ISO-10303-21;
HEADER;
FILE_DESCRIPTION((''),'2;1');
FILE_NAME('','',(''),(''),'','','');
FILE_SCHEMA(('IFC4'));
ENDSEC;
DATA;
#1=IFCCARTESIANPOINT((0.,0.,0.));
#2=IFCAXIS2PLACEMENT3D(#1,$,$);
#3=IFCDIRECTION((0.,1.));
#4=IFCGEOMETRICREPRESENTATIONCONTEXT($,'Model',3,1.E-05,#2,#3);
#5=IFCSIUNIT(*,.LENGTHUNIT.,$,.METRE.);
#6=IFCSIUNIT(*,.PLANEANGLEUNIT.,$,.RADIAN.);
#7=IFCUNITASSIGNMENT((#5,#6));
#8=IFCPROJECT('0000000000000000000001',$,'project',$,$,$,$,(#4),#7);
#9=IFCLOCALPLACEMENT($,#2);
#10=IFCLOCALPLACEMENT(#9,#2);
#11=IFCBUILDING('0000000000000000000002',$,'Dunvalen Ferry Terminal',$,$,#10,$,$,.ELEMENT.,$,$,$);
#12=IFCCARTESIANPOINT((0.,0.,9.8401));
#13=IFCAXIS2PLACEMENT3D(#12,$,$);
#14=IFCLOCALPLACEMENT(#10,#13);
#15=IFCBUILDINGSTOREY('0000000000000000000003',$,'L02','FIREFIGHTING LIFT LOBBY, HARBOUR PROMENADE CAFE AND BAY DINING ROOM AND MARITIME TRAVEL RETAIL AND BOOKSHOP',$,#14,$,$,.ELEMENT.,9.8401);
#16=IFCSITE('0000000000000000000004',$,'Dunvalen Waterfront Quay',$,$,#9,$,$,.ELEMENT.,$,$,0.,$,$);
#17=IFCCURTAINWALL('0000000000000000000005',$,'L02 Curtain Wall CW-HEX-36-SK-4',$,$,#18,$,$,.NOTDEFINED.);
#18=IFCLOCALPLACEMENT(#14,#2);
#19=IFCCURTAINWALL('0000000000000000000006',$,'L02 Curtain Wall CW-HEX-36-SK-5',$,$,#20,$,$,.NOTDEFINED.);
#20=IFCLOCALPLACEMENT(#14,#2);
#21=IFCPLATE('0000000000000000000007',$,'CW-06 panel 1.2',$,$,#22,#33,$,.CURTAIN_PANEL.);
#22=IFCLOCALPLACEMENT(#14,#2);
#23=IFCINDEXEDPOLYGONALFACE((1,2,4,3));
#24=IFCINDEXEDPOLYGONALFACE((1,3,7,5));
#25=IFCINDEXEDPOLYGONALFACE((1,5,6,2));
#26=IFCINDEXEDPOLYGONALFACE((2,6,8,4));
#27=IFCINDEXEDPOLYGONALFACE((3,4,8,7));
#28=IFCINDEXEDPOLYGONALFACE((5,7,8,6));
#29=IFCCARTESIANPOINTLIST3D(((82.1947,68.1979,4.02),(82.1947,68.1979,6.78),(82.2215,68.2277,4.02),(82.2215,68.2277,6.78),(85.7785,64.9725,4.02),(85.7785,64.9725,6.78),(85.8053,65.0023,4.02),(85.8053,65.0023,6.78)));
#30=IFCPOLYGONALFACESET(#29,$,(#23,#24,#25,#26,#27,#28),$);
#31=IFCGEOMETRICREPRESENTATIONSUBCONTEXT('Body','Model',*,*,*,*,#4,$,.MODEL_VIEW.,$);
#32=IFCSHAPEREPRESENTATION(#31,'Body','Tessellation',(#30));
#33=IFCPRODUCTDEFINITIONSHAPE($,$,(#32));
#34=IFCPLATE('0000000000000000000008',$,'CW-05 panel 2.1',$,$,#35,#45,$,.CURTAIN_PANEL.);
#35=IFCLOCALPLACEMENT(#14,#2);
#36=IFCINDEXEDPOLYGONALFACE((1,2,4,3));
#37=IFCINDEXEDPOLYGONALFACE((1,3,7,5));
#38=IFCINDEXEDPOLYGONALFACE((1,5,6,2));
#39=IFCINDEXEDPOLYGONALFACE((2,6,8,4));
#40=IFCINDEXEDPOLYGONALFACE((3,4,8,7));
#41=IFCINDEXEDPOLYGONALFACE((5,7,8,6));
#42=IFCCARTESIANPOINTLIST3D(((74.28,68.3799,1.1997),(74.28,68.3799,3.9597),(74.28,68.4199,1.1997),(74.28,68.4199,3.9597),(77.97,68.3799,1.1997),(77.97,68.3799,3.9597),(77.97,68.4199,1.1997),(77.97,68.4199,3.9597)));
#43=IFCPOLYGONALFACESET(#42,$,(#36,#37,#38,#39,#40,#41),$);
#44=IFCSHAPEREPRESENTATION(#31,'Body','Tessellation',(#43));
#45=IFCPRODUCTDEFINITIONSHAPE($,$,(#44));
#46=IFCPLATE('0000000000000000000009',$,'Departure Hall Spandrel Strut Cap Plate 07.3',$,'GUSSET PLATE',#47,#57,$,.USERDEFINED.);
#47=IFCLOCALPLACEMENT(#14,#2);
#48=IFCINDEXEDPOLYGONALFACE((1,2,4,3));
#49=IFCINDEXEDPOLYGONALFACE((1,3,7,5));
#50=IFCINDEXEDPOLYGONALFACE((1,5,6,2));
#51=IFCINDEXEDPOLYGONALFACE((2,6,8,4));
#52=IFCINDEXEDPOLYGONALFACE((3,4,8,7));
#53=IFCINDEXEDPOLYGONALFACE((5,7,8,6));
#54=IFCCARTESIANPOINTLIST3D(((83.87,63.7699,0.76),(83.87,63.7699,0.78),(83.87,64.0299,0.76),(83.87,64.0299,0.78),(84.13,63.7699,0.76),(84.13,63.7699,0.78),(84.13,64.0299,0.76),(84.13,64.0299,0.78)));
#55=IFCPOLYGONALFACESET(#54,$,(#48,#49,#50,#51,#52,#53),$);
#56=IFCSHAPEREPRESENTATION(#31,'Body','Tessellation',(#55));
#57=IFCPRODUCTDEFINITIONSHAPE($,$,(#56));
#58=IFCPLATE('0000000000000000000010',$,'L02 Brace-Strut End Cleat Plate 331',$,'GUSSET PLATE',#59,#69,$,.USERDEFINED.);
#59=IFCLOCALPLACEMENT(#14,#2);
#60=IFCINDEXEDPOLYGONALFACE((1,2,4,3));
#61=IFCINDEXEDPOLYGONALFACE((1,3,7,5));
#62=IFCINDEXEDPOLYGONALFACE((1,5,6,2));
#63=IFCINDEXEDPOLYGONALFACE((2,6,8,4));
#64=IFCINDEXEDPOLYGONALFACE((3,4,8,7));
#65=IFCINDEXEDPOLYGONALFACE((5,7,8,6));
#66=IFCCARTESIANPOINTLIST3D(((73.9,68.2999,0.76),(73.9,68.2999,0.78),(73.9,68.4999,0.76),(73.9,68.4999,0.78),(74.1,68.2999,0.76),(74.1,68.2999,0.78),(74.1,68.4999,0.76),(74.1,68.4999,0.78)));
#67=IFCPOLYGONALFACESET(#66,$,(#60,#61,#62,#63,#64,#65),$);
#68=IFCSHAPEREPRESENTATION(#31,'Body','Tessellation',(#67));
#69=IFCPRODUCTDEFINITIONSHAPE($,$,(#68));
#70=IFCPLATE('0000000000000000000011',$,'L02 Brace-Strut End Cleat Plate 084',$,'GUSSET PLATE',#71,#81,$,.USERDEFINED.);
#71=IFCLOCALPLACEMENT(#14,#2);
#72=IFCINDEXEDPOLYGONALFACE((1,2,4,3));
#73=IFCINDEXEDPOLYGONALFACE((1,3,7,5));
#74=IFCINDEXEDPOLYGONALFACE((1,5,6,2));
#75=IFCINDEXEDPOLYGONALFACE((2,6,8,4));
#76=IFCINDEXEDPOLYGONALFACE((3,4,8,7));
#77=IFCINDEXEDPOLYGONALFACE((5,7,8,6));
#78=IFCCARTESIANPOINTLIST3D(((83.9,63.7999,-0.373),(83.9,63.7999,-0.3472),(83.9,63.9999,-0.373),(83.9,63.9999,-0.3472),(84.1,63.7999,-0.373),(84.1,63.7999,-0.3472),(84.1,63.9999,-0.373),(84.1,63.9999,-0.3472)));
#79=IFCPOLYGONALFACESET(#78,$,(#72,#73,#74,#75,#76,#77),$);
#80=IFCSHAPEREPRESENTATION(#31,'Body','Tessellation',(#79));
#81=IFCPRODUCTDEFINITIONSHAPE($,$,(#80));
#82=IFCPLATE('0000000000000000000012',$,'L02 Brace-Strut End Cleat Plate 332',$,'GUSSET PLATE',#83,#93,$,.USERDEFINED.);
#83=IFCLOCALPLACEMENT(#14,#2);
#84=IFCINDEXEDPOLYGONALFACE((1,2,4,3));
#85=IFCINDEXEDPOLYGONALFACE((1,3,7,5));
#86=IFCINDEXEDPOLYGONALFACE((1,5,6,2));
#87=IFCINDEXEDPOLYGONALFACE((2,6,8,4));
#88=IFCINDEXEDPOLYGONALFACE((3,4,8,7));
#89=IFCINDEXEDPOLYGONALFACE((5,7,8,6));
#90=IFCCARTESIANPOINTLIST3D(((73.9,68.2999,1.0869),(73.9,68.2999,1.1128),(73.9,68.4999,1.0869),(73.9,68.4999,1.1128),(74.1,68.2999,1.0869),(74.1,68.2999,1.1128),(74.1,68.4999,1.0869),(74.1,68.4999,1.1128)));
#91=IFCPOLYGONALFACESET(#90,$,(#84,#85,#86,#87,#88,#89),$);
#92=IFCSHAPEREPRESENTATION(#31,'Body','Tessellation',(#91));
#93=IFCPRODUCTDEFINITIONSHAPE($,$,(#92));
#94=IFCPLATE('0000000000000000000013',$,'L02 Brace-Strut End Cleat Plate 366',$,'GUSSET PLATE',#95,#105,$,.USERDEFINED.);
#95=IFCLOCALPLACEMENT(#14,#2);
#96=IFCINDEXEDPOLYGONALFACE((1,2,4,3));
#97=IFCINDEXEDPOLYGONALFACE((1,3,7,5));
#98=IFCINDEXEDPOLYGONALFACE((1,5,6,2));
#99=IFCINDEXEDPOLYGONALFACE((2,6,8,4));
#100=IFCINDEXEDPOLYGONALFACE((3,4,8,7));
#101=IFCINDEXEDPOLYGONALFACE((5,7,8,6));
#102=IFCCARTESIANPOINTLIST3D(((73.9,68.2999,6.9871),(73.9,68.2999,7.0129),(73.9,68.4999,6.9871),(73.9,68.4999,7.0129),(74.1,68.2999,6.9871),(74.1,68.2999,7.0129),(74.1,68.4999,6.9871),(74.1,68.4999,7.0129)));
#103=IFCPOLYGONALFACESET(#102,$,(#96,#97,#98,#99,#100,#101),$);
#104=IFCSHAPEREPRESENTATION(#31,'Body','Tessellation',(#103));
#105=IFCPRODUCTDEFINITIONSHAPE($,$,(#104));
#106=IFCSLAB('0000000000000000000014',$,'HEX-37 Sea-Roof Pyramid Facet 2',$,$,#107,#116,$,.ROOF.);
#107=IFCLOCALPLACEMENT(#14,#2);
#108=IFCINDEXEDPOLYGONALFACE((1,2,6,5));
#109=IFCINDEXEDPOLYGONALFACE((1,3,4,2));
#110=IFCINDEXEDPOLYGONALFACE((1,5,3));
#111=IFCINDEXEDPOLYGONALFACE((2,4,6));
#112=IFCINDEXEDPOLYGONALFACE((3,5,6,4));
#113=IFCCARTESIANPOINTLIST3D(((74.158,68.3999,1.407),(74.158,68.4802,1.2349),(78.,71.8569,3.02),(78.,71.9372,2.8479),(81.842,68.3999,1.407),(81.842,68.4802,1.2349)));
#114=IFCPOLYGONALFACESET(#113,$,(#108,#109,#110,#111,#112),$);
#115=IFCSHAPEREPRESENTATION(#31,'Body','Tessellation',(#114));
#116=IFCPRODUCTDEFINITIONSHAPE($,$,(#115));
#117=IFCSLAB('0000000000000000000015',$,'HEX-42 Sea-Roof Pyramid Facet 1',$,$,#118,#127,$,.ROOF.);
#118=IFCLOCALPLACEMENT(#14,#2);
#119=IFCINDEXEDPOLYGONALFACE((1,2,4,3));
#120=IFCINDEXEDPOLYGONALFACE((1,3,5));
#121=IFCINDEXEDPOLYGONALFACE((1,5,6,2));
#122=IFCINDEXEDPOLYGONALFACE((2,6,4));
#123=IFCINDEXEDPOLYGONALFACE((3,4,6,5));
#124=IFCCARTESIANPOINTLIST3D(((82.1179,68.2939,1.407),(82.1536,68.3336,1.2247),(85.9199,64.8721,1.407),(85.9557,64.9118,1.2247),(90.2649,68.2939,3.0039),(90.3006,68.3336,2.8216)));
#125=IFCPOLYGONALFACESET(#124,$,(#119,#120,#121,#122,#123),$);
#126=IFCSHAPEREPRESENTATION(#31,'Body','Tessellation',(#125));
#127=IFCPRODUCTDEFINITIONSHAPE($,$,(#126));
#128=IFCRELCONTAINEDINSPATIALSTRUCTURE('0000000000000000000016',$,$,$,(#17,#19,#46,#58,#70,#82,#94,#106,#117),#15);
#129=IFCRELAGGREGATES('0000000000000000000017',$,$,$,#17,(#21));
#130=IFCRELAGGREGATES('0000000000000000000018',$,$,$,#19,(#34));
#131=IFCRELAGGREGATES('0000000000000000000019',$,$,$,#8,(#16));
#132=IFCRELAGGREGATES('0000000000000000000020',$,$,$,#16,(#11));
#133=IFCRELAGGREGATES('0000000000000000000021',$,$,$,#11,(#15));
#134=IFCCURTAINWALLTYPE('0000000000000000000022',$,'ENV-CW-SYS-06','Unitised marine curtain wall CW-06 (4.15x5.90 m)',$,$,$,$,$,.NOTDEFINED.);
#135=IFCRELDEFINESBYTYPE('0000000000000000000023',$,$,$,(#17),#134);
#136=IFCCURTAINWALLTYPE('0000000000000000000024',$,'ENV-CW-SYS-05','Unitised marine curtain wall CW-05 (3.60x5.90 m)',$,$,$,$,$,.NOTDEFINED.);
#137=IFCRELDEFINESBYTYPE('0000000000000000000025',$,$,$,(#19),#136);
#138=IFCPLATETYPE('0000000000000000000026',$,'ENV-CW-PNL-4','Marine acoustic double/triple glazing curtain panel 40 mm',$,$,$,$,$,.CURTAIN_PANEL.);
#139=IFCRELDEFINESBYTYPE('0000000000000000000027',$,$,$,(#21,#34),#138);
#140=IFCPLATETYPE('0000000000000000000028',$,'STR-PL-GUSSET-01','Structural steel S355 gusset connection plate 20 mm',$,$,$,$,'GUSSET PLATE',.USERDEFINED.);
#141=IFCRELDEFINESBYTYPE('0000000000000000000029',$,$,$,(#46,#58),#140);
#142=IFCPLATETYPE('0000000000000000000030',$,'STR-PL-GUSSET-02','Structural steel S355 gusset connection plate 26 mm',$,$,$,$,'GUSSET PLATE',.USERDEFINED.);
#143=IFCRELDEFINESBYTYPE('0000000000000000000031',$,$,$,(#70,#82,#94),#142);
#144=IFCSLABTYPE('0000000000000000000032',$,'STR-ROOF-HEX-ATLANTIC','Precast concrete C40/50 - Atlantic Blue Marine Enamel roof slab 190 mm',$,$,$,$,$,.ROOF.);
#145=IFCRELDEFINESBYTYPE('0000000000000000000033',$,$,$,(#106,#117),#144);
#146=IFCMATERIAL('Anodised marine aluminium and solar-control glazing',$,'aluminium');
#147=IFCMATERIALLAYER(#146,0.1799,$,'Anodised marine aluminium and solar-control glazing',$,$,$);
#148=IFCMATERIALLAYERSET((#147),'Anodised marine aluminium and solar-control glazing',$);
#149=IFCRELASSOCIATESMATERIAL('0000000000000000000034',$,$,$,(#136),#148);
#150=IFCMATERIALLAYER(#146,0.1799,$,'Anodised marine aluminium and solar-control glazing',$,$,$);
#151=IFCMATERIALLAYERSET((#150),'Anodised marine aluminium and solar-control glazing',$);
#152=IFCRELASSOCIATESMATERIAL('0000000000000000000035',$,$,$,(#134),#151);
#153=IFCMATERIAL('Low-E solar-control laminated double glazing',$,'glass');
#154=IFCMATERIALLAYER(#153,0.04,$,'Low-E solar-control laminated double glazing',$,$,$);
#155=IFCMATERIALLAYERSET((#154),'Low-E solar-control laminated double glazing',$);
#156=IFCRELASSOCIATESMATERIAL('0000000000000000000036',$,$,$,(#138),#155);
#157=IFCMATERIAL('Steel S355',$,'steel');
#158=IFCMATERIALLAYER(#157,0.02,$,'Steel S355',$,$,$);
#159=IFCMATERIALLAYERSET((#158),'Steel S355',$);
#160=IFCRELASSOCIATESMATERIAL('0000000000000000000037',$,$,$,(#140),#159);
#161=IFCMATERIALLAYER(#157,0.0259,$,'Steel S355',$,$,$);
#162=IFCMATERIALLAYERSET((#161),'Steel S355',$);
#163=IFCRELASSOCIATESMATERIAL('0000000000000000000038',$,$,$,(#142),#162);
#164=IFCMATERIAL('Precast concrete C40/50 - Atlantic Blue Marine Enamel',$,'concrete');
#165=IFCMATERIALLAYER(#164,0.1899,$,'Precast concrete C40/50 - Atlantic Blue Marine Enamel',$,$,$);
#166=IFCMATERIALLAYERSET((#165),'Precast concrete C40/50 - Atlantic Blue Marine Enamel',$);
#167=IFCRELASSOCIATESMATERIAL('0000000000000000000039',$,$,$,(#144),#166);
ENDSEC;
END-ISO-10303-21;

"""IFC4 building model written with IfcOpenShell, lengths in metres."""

from ifc_helpers import new_model, si_unit, direction, frame, origin, origin_2d, place, context, subcontext, project, spatial, polyline, rectangle, outline, extrude, material, layer, layer_set, type_object, element, aggregate, save


model = new_model("IFC4")

# Units and contexts
model_context = context("Model", 3, precision=1e-05, world=origin(), true_north=direction((0.0, 1.0)))
body_context = subcontext(model_context, "Body", "Model", "MODEL_VIEW")
ifc_project = project(units=[si_unit("LENGTHUNIT", "METRE"), si_unit("PLANEANGLEUNIT", "RADIAN")], contexts=[model_context])

# Site, building, storey
site_placement = place(None, origin())
site = spatial("IfcSite", under=ifc_project, at=site_placement, Name="Dunvalen Waterfront Quay", CompositionType="ELEMENT", RefElevation=0.0)
building_placement = place(site_placement, origin())
building = spatial("IfcBuilding", under=site, at=building_placement, Name="Dunvalen Ferry Terminal", CompositionType="ELEMENT")
storey_placement = place(building_placement, frame((0.0, 0.0, 9.8401)))
storey = spatial("IfcBuildingStorey", under=building, at=storey_placement, Name="L02", Description="FIREFIGHTING LIFT LOBBY, HARBOUR PROMENADE CAFE AND BAY DINING ROOM AND MARITIME TRAVEL RETAIL AND BOOKSHOP", CompositionType="ELEMENT", Elevation=9.8401)

# Curtain walls
ifc_material_1 = material(Name="Anodised marine aluminium and solar-control glazing", Category="aluminium")
ifc_layer_1 = layer(ifc_material_1, 0.1799, Name="Anodised marine aluminium and solar-control glazing")
ifc_layer_set_1 = layer_set([ifc_layer_1], Name="Anodised marine aluminium and solar-control glazing")
curtain_wall_type_1 = type_object("IfcCurtainWallType", Name="ENV-CW-SYS-05", Description="Unitised marine curtain wall CW-05 (3.60x5.90 m)", PredefinedType="NOTDEFINED", material=ifc_layer_set_1)
ifc_layer_2 = layer(ifc_material_1, 0.1799, Name="Anodised marine aluminium and solar-control glazing")
ifc_layer_set_2 = layer_set([ifc_layer_2], Name="Anodised marine aluminium and solar-control glazing")
curtain_wall_type_2 = type_object("IfcCurtainWallType", Name="ENV-CW-SYS-06", Description="Unitised marine curtain wall CW-06 (4.15x5.90 m)", PredefinedType="NOTDEFINED", material=ifc_layer_set_2)
curtain_wall_1_placement = place(storey_placement, origin())
curtain_wall_1 = element("IfcCurtainWall", 1, at=curtain_wall_1_placement, inside=storey, type_object=curtain_wall_type_2, Name="L02 Curtain Wall CW-HEX-36-SK-4", PredefinedType="NOTDEFINED")
curtain_wall_2_placement = place(storey_placement, origin())
curtain_wall_2 = element("IfcCurtainWall", 2, at=curtain_wall_2_placement, inside=storey, type_object=curtain_wall_type_1, Name="L02 Curtain Wall CW-HEX-36-SK-5", PredefinedType="NOTDEFINED")

# Shared definitions
ifc_material_2 = material(Name="Steel S355", Category="steel")

# Plates
ifc_material_3 = material(Name="Low-E solar-control laminated double glazing", Category="glass")
ifc_layer_3 = layer(ifc_material_3, 0.04, Name="Low-E solar-control laminated double glazing")
ifc_layer_set_3 = layer_set([ifc_layer_3], Name="Low-E solar-control laminated double glazing")
plate_type_1 = type_object("IfcPlateType", Name="ENV-CW-PNL-4", Description="Marine acoustic double/triple glazing curtain panel 40 mm", PredefinedType="CURTAIN_PANEL", material=ifc_layer_set_3)
plate_1_placement = place(storey_placement, frame((84.0, 66.6001, 4.02), z_axis=(0.0, 0.0, 1.0), x_axis=(-0.743304, 0.668954, 0.0)))
plate_1 = element("IfcPlate", 3, at=plate_1_placement, type_object=plate_type_1, Name="CW-06 panel 1.2", PredefinedType="CURTAIN_PANEL", context=body_context, shape_type="SweptSolid", body=[
    extrude(rectangle(XDim=4.8215, YDim=0.04, at=origin_2d()), origin(), (0.0, 0.0, 1.0), 2.76),
])
aggregate(curtain_wall_1, [plate_1])
plate_2_placement = place(storey_placement, frame((76.125, 68.3999, 1.1997), z_axis=(0.0, 0.0, 1.0), x_axis=(-1.0, 0.0, 0.0)))
plate_2 = element("IfcPlate", 4, at=plate_2_placement, type_object=plate_type_1, Name="CW-05 panel 2.1", PredefinedType="CURTAIN_PANEL", context=body_context, shape_type="SweptSolid", body=[
    extrude(rectangle(XDim=3.6899, YDim=0.04, at=origin_2d()), origin(), (0.0, 0.0, 1.0), 2.76),
])
aggregate(curtain_wall_2, [plate_2])

# Plates
ifc_layer_4 = layer(ifc_material_2, 0.02, Name="Steel S355")
ifc_layer_set_4 = layer_set([ifc_layer_4], Name="Steel S355")
plate_type_2 = type_object("IfcPlateType", Name="STR-PL-GUSSET-01", Description="Structural steel S355 gusset connection plate 20 mm", ElementType="GUSSET PLATE", PredefinedType="USERDEFINED", material=ifc_layer_set_4)
plate_3_placement = place(storey_placement, frame((84.0, 63.8999, 0.76), z_axis=(0.0, 0.0, 1.0), x_axis=(1.0, 0.0, 0.0)))
element("IfcPlate", 5, at=plate_3_placement, inside=storey, type_object=plate_type_2, Name="Departure Hall Spandrel Strut Cap Plate 07.3", ObjectType="GUSSET PLATE", PredefinedType="USERDEFINED", context=body_context, shape_type="SweptSolid", body=[
    extrude(rectangle(XDim=0.26, YDim=0.26, at=origin_2d()), origin(), (0.0, 0.0, 1.0), 0.02),
])
plate_4_placement = place(storey_placement, frame((74.0, 68.3999, 0.76), z_axis=(0.0, 0.0, 1.0), x_axis=(1.0, 0.0, 0.0)))
element("IfcPlate", 6, at=plate_4_placement, inside=storey, type_object=plate_type_2, Name="L02 Brace-Strut End Cleat Plate 331", ObjectType="GUSSET PLATE", PredefinedType="USERDEFINED", context=body_context, shape_type="SweptSolid", body=[
    extrude(rectangle(XDim=0.2, YDim=0.2, at=origin_2d()), origin(), (0.0, 0.0, 1.0), 0.02),
])
ifc_layer_5 = layer(ifc_material_2, 0.0259, Name="Steel S355")
ifc_layer_set_5 = layer_set([ifc_layer_5], Name="Steel S355")
plate_type_3 = type_object("IfcPlateType", Name="STR-PL-GUSSET-02", Description="Structural steel S355 gusset connection plate 26 mm", ElementType="GUSSET PLATE", PredefinedType="USERDEFINED", material=ifc_layer_set_5)
for number, where, z_axis, x_axis, name in (
    (7, (84.0, 63.8999, -0.373), (0.0, 0.0, 1.0), (1.0, 0.0, 0.0), "L02 Brace-Strut End Cleat Plate 084"),
    (8, (74.0, 68.3999, 1.0869), (0.0, 0.0, 1.0), (1.0, 0.0, 0.0), "L02 Brace-Strut End Cleat Plate 332"),
    (9, (74.0, 68.3999, 6.9871), (0.0, 0.0, 1.0), (1.0, 0.0, 0.0), "L02 Brace-Strut End Cleat Plate 366"),
):
    element("IfcPlate", number, at=place(storey_placement, frame(where, z_axis=z_axis, x_axis=x_axis)), inside=storey, type_object=plate_type_3, Name=name, ObjectType="GUSSET PLATE", PredefinedType="USERDEFINED", context=body_context, shape_type="SweptSolid", body=[
        extrude(rectangle(XDim=0.2, YDim=0.2, at=origin_2d()), origin(), (0.0, 0.0, 1.0), 0.0259),
    ])

# Slabs
ifc_material_4 = material(Name="Precast concrete C40/50 - Atlantic Blue Marine Enamel", Category="concrete")
ifc_layer_6 = layer(ifc_material_4, 0.1899, Name="Precast concrete C40/50 - Atlantic Blue Marine Enamel")
ifc_layer_set_6 = layer_set([ifc_layer_6], Name="Precast concrete C40/50 - Atlantic Blue Marine Enamel")
slab_type = type_object("IfcSlabType", Name="STR-ROOF-HEX-ATLANTIC", Description="Precast concrete C40/50 - Atlantic Blue Marine Enamel roof slab 190 mm", PredefinedType="ROOF", material=ifc_layer_set_6)
slab_1_placement = place(storey_placement, frame((74.158, 68.3999, 1.407), z_axis=(0.0, -0.422833, 0.906208), x_axis=(1.0, 0.0, 0.0)))
element("IfcSlab", 10, at=slab_1_placement, inside=storey, type_object=slab_type, Name="HEX-37 Sea-Roof Pyramid Facet 2", PredefinedType="ROOF", context=body_context, shape_type="SweptSolid", body=[
    extrude(outline(polyline([(0.0, 0.0), (7.6841, 0.0), (3.842, 3.8148), (0.0, 0.0)])), origin(), (0.0, 0.0, -1.0), 0.1899),
])
slab_2_placement = place(storey_placement, frame((82.1179, 68.2939, 1.407), z_axis=(-0.188106, -0.209002, 0.959653), x_axis=(0.743287, -0.668973, 0.0)))
element("IfcSlab", 11, at=slab_2_placement, inside=storey, type_object=slab_type, Name="HEX-42 Sea-Roof Pyramid Facet 1", PredefinedType="ROOF", context=body_context, shape_type="SweptSolid", body=[
    extrude(outline(polyline([(0.0, 0.0), (5.1151, 0.0), (6.0555, 5.6792), (0.0, 0.0)])), origin(), (0.0, 0.0, -1.0), 0.1899),
])

save(model, "model.ifc")
